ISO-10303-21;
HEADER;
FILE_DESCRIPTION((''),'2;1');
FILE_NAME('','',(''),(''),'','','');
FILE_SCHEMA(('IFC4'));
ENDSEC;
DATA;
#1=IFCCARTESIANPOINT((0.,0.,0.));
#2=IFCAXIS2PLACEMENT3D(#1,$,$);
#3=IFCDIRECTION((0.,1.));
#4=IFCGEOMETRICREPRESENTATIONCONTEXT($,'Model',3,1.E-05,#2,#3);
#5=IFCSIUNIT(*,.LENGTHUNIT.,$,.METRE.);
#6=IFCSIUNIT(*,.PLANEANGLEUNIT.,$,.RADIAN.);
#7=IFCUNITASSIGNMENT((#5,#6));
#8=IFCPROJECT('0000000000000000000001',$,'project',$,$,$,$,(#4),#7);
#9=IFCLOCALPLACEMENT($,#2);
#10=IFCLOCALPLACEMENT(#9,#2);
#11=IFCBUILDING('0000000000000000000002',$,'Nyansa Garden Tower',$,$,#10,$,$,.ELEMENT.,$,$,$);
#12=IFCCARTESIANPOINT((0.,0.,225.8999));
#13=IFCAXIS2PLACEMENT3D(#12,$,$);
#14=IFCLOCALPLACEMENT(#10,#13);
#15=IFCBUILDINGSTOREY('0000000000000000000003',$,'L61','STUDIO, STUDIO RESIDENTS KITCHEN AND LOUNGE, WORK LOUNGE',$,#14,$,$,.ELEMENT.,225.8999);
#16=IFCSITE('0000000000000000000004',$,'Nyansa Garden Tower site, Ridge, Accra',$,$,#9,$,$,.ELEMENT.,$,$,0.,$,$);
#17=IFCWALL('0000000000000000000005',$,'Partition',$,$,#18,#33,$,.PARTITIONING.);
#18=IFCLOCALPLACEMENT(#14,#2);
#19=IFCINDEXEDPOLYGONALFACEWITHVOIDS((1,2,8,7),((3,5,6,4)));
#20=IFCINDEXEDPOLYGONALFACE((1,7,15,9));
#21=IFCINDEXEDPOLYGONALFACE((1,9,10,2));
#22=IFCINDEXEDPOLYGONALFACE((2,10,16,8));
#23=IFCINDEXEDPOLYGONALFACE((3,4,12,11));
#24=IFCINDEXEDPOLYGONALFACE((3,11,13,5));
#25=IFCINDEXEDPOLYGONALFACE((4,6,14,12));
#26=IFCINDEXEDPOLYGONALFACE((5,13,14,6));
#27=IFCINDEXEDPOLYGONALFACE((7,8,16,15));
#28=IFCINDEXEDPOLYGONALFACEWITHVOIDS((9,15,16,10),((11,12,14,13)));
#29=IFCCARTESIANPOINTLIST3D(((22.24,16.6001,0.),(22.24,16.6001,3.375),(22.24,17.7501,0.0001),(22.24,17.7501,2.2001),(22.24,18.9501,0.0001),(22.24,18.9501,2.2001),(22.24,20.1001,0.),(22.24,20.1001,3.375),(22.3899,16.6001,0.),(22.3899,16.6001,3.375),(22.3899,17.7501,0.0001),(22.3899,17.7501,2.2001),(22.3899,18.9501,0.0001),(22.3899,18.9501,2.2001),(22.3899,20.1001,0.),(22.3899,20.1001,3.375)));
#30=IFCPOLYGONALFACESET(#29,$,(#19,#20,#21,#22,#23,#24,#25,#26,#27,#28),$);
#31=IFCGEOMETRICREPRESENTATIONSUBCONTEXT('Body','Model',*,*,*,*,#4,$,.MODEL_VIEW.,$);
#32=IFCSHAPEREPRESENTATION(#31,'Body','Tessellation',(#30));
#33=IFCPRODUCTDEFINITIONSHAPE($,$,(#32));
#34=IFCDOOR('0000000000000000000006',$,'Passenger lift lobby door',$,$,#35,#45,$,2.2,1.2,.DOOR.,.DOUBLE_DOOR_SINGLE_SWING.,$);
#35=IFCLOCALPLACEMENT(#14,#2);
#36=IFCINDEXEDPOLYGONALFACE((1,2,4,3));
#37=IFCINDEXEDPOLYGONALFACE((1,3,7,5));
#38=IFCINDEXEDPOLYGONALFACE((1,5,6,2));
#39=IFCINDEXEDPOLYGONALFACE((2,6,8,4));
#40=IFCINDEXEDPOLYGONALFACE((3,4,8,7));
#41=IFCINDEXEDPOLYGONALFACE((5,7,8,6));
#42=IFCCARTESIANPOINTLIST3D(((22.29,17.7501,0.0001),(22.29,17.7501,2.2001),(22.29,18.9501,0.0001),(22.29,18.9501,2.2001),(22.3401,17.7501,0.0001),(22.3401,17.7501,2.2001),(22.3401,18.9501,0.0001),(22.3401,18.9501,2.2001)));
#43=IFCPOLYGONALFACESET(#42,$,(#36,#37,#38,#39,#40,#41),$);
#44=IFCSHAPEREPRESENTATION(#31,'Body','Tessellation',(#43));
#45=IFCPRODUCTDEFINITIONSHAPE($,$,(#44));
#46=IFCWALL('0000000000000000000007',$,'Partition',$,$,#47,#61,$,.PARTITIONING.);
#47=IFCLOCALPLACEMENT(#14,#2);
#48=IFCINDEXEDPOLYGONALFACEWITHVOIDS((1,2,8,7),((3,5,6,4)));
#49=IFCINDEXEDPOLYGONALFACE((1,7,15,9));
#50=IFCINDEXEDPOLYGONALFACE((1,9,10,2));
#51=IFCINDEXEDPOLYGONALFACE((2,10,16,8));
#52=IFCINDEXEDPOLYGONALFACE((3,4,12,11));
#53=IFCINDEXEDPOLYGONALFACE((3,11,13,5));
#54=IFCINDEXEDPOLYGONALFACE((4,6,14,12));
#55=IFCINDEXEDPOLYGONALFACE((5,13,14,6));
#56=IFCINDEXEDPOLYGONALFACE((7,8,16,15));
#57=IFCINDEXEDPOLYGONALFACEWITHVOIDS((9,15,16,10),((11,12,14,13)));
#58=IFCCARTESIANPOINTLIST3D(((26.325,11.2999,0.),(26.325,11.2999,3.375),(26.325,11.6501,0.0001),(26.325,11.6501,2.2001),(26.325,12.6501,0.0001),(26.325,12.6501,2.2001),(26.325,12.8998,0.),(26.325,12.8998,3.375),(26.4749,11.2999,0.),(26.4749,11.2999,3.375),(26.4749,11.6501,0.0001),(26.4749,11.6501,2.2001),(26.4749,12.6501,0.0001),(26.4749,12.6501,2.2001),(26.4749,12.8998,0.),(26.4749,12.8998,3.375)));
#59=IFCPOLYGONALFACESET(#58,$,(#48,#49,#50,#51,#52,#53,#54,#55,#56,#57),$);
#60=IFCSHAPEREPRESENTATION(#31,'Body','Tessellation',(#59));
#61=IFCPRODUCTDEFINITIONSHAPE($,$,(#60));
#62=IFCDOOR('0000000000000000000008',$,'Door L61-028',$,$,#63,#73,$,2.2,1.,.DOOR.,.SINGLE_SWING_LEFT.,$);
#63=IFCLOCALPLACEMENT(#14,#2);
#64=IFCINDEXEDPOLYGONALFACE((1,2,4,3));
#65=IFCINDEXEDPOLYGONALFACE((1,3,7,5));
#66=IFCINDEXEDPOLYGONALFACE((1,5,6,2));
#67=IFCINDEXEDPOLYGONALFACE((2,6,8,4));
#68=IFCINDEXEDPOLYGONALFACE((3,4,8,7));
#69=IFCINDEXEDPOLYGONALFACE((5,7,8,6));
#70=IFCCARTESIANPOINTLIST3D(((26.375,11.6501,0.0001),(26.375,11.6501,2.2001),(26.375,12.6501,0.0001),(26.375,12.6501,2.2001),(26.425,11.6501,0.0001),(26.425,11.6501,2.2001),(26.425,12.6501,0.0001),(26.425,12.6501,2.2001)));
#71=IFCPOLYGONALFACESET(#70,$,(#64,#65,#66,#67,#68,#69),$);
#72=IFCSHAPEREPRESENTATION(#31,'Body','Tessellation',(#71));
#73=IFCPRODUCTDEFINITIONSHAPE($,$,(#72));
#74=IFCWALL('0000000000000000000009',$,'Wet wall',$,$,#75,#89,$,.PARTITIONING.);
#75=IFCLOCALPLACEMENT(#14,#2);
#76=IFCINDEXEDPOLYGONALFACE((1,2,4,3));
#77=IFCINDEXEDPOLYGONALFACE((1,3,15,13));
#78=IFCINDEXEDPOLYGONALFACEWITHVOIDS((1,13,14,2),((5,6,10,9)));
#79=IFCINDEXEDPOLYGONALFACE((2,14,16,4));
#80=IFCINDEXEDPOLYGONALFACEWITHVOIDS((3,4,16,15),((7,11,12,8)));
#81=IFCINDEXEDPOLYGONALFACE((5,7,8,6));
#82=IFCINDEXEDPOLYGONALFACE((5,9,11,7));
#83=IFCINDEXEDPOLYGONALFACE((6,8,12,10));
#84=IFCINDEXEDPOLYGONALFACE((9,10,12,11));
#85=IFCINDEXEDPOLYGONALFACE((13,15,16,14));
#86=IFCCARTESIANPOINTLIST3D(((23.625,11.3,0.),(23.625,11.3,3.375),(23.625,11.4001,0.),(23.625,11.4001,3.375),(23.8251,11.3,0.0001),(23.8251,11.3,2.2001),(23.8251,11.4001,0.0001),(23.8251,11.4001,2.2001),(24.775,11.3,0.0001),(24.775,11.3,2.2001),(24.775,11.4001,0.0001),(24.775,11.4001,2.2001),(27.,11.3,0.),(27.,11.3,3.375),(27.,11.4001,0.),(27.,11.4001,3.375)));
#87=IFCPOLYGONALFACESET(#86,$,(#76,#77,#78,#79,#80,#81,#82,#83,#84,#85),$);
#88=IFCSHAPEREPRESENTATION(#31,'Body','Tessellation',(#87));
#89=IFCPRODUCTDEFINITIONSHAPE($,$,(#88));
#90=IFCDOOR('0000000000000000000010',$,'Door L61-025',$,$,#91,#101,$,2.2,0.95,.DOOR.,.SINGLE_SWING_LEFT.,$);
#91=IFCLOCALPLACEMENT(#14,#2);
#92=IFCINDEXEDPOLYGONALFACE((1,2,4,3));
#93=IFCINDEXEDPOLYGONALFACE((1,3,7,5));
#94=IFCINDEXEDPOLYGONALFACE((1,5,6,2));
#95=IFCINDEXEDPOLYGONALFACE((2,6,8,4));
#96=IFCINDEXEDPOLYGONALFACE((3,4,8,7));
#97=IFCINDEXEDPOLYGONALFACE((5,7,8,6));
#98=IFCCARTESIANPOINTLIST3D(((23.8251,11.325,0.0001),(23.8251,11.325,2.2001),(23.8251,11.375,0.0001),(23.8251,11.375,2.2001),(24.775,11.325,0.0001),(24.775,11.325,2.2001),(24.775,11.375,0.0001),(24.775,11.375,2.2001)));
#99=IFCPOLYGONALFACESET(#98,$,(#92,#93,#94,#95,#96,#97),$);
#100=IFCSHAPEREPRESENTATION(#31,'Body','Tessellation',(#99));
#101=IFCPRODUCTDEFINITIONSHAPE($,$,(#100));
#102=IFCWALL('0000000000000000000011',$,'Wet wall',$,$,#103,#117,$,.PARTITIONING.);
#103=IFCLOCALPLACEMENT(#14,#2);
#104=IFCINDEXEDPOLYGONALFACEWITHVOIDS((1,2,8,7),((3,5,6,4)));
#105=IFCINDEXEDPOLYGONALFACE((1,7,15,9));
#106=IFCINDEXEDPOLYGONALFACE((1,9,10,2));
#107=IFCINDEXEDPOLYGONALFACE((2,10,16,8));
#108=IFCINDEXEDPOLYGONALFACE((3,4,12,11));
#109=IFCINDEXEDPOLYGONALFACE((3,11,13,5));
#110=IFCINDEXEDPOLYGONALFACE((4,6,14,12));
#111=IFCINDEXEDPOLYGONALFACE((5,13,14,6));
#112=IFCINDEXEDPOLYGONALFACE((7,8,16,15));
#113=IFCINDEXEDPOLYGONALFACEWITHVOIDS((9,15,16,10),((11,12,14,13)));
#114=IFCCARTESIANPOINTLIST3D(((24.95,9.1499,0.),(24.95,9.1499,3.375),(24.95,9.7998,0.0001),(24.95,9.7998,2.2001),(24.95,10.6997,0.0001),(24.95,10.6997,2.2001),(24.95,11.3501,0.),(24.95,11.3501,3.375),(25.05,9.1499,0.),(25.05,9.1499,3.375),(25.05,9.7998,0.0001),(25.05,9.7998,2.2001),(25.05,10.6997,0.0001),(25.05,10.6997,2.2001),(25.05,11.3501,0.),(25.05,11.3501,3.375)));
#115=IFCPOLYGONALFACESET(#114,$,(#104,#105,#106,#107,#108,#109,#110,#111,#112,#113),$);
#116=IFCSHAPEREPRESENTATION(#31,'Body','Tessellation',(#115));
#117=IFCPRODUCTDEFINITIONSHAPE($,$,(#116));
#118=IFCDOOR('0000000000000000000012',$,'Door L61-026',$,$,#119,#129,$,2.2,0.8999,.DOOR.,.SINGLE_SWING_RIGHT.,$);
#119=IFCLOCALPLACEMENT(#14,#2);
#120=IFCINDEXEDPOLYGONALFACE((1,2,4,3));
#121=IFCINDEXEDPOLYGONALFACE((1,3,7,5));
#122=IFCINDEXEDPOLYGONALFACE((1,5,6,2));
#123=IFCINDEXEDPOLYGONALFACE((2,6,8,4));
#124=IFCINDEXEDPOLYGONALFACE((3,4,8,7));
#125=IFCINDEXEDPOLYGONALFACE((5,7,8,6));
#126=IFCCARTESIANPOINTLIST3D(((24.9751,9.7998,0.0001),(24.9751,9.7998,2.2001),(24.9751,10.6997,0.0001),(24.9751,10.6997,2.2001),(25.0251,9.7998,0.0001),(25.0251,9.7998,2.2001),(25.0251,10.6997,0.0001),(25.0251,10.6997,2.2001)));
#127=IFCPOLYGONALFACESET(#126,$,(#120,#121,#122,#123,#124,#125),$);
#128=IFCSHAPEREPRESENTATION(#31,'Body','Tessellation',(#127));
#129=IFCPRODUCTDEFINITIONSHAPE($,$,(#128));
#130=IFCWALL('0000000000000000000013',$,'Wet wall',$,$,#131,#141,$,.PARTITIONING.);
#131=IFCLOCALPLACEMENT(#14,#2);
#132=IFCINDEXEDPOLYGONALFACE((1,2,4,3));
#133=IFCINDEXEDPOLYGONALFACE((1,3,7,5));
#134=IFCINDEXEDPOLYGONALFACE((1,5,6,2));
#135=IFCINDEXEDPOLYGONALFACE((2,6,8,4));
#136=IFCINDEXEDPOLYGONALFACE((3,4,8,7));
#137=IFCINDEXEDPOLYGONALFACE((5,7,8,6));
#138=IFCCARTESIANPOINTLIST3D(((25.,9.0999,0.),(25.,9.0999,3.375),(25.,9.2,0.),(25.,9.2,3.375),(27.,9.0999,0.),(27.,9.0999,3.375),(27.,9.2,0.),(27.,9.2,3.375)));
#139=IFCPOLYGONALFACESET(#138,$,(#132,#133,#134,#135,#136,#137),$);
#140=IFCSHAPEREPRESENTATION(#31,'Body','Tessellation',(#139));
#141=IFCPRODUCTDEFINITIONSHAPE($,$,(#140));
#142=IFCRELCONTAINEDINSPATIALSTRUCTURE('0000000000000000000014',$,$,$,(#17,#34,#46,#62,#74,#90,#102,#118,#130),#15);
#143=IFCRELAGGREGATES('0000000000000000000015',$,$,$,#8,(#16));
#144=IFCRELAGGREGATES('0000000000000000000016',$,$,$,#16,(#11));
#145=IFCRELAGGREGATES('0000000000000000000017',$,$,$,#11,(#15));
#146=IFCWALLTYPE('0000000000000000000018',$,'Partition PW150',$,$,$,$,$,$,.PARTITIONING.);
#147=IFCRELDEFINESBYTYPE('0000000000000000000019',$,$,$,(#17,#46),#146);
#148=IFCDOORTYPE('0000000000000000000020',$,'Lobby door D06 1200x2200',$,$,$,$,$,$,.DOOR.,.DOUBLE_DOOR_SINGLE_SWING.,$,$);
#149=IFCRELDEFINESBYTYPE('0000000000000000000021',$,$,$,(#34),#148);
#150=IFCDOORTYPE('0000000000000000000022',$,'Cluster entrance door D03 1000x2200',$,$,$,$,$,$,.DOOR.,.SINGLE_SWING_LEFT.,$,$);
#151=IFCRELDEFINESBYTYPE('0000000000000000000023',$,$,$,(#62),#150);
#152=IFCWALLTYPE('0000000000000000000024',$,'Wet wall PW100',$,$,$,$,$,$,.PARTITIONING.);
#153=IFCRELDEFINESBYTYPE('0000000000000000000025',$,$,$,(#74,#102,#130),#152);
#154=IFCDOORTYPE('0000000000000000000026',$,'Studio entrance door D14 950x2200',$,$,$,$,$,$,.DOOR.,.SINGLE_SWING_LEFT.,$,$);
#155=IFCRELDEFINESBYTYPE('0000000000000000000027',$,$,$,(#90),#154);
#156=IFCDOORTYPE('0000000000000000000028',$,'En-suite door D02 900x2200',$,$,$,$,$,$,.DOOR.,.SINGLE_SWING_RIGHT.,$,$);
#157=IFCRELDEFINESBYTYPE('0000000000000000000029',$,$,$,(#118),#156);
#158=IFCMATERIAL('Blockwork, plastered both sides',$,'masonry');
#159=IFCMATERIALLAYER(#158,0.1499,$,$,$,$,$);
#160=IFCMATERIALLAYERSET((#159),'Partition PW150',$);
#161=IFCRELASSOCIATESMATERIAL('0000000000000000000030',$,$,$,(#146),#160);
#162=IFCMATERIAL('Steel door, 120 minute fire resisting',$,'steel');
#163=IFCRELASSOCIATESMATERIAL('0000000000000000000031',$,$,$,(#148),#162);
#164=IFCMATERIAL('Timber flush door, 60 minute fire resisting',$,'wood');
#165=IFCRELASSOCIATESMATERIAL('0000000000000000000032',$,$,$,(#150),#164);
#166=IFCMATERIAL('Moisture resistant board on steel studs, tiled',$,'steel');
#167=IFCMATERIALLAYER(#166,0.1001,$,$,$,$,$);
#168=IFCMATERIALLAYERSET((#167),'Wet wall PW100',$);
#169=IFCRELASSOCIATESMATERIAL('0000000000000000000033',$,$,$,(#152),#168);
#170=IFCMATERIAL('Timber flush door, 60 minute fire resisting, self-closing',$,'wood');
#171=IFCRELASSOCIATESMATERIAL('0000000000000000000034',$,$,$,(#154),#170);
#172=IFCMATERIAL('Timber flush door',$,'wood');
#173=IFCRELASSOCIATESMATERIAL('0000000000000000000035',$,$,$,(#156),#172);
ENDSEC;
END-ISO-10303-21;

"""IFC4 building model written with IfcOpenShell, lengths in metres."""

from ifc_helpers import new_model, si_unit, direction, frame, frame_2d, origin, place, context, subcontext, project, spatial, rectangle, extrude, material, layer, layer_set, type_object, element, fill, save


model = new_model("IFC4")

# Units and contexts
model_context = context("Model", 3, precision=1e-05, world=origin(), true_north=direction((0.0, 1.0)))
body_context = subcontext(model_context, "Body", "Model", "MODEL_VIEW")
ifc_project = project(units=[si_unit("LENGTHUNIT", "METRE"), si_unit("PLANEANGLEUNIT", "RADIAN")], contexts=[model_context])

# Site, building, storey
site_placement = place(None, origin())
site = spatial("IfcSite", under=ifc_project, at=site_placement, Name="Nyansa Garden Tower site, Ridge, Accra", CompositionType="ELEMENT", RefElevation=0.0)
building_placement = place(site_placement, origin())
building = spatial("IfcBuilding", under=site, at=building_placement, Name="Nyansa Garden Tower", CompositionType="ELEMENT")
storey_placement = place(building_placement, frame((0.0, 0.0, 225.8999)))
storey = spatial("IfcBuildingStorey", under=building, at=storey_placement, Name="L61", Description="STUDIO, STUDIO RESIDENTS KITCHEN AND LOUNGE, WORK LOUNGE", CompositionType="ELEMENT", Elevation=225.8999)

# Walls, openings, doors
ifc_material_1 = material(Name="Blockwork, plastered both sides", Category="masonry")
ifc_layer_1 = layer(ifc_material_1, 0.1499)
ifc_layer_set_1 = layer_set([ifc_layer_1], Name="Partition PW150")
wall_type_1 = type_object("IfcWallType", Name="Partition PW150", PredefinedType="PARTITIONING", material=ifc_layer_set_1)
ifc_material_2 = material(Name="Steel door, 120 minute fire resisting", Category="steel")
door_type_1 = type_object("IfcDoorType", Name="Lobby door D06 1200x2200", OperationType="DOUBLE_DOOR_SINGLE_SWING", PredefinedType="DOOR", material=ifc_material_2)
wall_1_placement = place(storey_placement, frame((22.3149, 16.6001, 0.0), z_axis=(0.0, 0.0, 1.0), x_axis=(0.0, 1.0, 0.0)))
wall_1 = element("IfcWall", 1, at=wall_1_placement, inside=storey, type_object=wall_type_1, Name="Partition", PredefinedType="PARTITIONING", context=body_context, shape_type="SweptSolid", body=[
    extrude(rectangle(XDim=3.5, YDim=0.1499, at=frame_2d((1.75, 0.0))), origin(), (0.0, 0.0, 1.0), 3.375),
])
opening_1_placement = place(wall_1_placement, frame((1.1499, 0.0, 0.0)))
opening_1 = element("IfcOpeningElement", 2, at=opening_1_placement, cuts=wall_1, PredefinedType="OPENING", context=body_context, shape_type="SweptSolid", body=[
    extrude(rectangle(XDim=1.2, YDim=2.2, at=frame_2d((0.6001, 1.1001))), frame((0.0, 0.085, 0.0), z_axis=(0.0, -1.0, 0.0), x_axis=(1.0, 0.0, 0.0)), (0.0, 0.0, 1.0), 0.1699),
])
door_1_placement = place(opening_1_placement, origin())
door_1 = element("IfcDoor", 3, at=door_1_placement, inside=storey, type_object=door_type_1, Name="Passenger lift lobby door", OperationType="DOUBLE_DOOR_SINGLE_SWING", OverallHeight=2.2, OverallWidth=1.2, PredefinedType="DOOR", context=body_context, shape_type="SweptSolid", body=[
    extrude(rectangle(XDim=1.2, YDim=2.2, at=frame_2d((0.6001, 1.1001))), frame((0.0, 0.0249, 0.0), z_axis=(0.0, -1.0, 0.0), x_axis=(1.0, 0.0, 0.0)), (0.0, 0.0, 1.0), 0.05),
])
fill(opening_1, door_1)
wall_2_placement = place(storey_placement, frame((26.3999, 11.3, 0.0), z_axis=(0.0, 0.0, 1.0), x_axis=(0.0, 1.0, 0.0)))
wall_2 = element("IfcWall", 4, at=wall_2_placement, inside=storey, type_object=wall_type_1, Name="Partition", PredefinedType="PARTITIONING", context=body_context, shape_type="SweptSolid", body=[
    extrude(rectangle(XDim=1.5999, YDim=0.1499, at=frame_2d((0.7998, 0.0))), origin(), (0.0, 0.0, 1.0), 3.375),
])
opening_2_placement = place(wall_2_placement, frame((0.3501, 0.0, 0.0)))
opening_2 = element("IfcOpeningElement", 5, at=opening_2_placement, cuts=wall_2, PredefinedType="OPENING", context=body_context, shape_type="SweptSolid", body=[
    extrude(rectangle(XDim=1.0, YDim=2.2, at=frame_2d((0.5, 1.1001))), frame((0.0, 0.085, 0.0), z_axis=(0.0, -1.0, 0.0), x_axis=(1.0, 0.0, 0.0)), (0.0, 0.0, 1.0), 0.1699),
])
ifc_material_3 = material(Name="Timber flush door, 60 minute fire resisting", Category="wood")
door_type_2 = type_object("IfcDoorType", Name="Cluster entrance door D03 1000x2200", OperationType="SINGLE_SWING_LEFT", PredefinedType="DOOR", material=ifc_material_3)
door_2_placement = place(opening_2_placement, origin())
door_2 = element("IfcDoor", 6, at=door_2_placement, inside=storey, type_object=door_type_2, Name="Door L61-028", OperationType="SINGLE_SWING_LEFT", OverallHeight=2.2, OverallWidth=1.0, PredefinedType="DOOR", context=body_context, shape_type="SweptSolid", body=[
    extrude(rectangle(XDim=1.0, YDim=2.2, at=frame_2d((0.5, 1.1001))), frame((0.0, 0.0249, 0.0), z_axis=(0.0, -1.0, 0.0), x_axis=(1.0, 0.0, 0.0)), (0.0, 0.0, 1.0), 0.05),
])
fill(opening_2, door_2)
ifc_material_4 = material(Name="Moisture resistant board on steel studs, tiled", Category="steel")
ifc_layer_2 = layer(ifc_material_4, 0.1001)
ifc_layer_set_2 = layer_set([ifc_layer_2], Name="Wet wall PW100")
wall_type_2 = type_object("IfcWallType", Name="Wet wall PW100", PredefinedType="PARTITIONING", material=ifc_layer_set_2)
wall_3_placement = place(storey_placement, frame((23.625, 11.3501, 0.0), z_axis=(0.0, 0.0, 1.0), x_axis=(1.0, 0.0, 0.0)))
wall_3 = element("IfcWall", 7, at=wall_3_placement, inside=storey, type_object=wall_type_2, Name="Wet wall", PredefinedType="PARTITIONING", context=body_context, shape_type="SweptSolid", body=[
    extrude(rectangle(XDim=3.375, YDim=0.1001, at=frame_2d((1.6875, 0.0))), origin(), (0.0, 0.0, 1.0), 3.375),
])
opening_3_placement = place(wall_3_placement, frame((0.2, 0.0, 0.0)))
opening_3 = element("IfcOpeningElement", 8, at=opening_3_placement, cuts=wall_3, PredefinedType="OPENING", context=body_context, shape_type="SweptSolid", body=[
    extrude(rectangle(XDim=0.95, YDim=2.2, at=frame_2d((0.4751, 1.1001))), frame((0.0, 0.0601, 0.0), z_axis=(0.0, -1.0, 0.0), x_axis=(1.0, 0.0, 0.0)), (0.0, 0.0, 1.0), 0.1201),
])
ifc_material_5 = material(Name="Timber flush door, 60 minute fire resisting, self-closing", Category="wood")
door_type_3 = type_object("IfcDoorType", Name="Studio entrance door D14 950x2200", OperationType="SINGLE_SWING_LEFT", PredefinedType="DOOR", material=ifc_material_5)
door_3_placement = place(opening_3_placement, origin())
door_3 = element("IfcDoor", 9, at=door_3_placement, inside=storey, type_object=door_type_3, Name="Door L61-025", OperationType="SINGLE_SWING_LEFT", OverallHeight=2.2, OverallWidth=0.95, PredefinedType="DOOR", context=body_context, shape_type="SweptSolid", body=[
    extrude(rectangle(XDim=0.95, YDim=2.2, at=frame_2d((0.4751, 1.1001))), frame((0.0, 0.0249, 0.0), z_axis=(0.0, -1.0, 0.0), x_axis=(1.0, 0.0, 0.0)), (0.0, 0.0, 1.0), 0.05),
])
fill(opening_3, door_3)
wall_4_placement = place(storey_placement, frame((25.0, 9.1499, 0.0), z_axis=(0.0, 0.0, 1.0), x_axis=(0.0, 1.0, 0.0)))
wall_4 = element("IfcWall", 10, at=wall_4_placement, inside=storey, type_object=wall_type_2, Name="Wet wall", PredefinedType="PARTITIONING", context=body_context, shape_type="SweptSolid", body=[
    extrude(rectangle(XDim=2.2002, YDim=0.1001, at=frame_2d((1.1001, 0.0))), origin(), (0.0, 0.0, 1.0), 3.375),
])
opening_4_placement = place(wall_4_placement, frame((0.6499, 0.0, 0.0)))
opening_4 = element("IfcOpeningElement", 11, at=opening_4_placement, cuts=wall_4, PredefinedType="OPENING", context=body_context, shape_type="SweptSolid", body=[
    extrude(rectangle(XDim=0.8999, YDim=2.2, at=frame_2d((0.45, 1.1001))), frame((0.0, 0.0601, 0.0), z_axis=(0.0, -1.0, 0.0), x_axis=(1.0, 0.0, 0.0)), (0.0, 0.0, 1.0), 0.1201),
])
ifc_material_6 = material(Name="Timber flush door", Category="wood")
door_type_4 = type_object("IfcDoorType", Name="En-suite door D02 900x2200", OperationType="SINGLE_SWING_RIGHT", PredefinedType="DOOR", material=ifc_material_6)
door_4_placement = place(opening_4_placement, origin())
door_4 = element("IfcDoor", 12, at=door_4_placement, inside=storey, type_object=door_type_4, Name="Door L61-026", OperationType="SINGLE_SWING_RIGHT", OverallHeight=2.2, OverallWidth=0.8999, PredefinedType="DOOR", context=body_context, shape_type="SweptSolid", body=[
    extrude(rectangle(XDim=0.8999, YDim=2.2, at=frame_2d((0.45, 1.1001))), frame((0.0, 0.0249, 0.0), z_axis=(0.0, -1.0, 0.0), x_axis=(1.0, 0.0, 0.0)), (0.0, 0.0, 1.0), 0.05),
])
fill(opening_4, door_4)

# Wall
wall_5_placement = place(storey_placement, frame((25.0, 9.1499, 0.0), z_axis=(0.0, 0.0, 1.0), x_axis=(1.0, 0.0, 0.0)))
element("IfcWall", 13, at=wall_5_placement, inside=storey, type_object=wall_type_2, Name="Wet wall", PredefinedType="PARTITIONING", context=body_context, shape_type="SweptSolid", body=[
    extrude(rectangle(XDim=2.0, YDim=0.1001, at=frame_2d((1.0, 0.0))), origin(), (0.0, 0.0, 1.0), 3.375),
])

save(model, "model.ifc")
